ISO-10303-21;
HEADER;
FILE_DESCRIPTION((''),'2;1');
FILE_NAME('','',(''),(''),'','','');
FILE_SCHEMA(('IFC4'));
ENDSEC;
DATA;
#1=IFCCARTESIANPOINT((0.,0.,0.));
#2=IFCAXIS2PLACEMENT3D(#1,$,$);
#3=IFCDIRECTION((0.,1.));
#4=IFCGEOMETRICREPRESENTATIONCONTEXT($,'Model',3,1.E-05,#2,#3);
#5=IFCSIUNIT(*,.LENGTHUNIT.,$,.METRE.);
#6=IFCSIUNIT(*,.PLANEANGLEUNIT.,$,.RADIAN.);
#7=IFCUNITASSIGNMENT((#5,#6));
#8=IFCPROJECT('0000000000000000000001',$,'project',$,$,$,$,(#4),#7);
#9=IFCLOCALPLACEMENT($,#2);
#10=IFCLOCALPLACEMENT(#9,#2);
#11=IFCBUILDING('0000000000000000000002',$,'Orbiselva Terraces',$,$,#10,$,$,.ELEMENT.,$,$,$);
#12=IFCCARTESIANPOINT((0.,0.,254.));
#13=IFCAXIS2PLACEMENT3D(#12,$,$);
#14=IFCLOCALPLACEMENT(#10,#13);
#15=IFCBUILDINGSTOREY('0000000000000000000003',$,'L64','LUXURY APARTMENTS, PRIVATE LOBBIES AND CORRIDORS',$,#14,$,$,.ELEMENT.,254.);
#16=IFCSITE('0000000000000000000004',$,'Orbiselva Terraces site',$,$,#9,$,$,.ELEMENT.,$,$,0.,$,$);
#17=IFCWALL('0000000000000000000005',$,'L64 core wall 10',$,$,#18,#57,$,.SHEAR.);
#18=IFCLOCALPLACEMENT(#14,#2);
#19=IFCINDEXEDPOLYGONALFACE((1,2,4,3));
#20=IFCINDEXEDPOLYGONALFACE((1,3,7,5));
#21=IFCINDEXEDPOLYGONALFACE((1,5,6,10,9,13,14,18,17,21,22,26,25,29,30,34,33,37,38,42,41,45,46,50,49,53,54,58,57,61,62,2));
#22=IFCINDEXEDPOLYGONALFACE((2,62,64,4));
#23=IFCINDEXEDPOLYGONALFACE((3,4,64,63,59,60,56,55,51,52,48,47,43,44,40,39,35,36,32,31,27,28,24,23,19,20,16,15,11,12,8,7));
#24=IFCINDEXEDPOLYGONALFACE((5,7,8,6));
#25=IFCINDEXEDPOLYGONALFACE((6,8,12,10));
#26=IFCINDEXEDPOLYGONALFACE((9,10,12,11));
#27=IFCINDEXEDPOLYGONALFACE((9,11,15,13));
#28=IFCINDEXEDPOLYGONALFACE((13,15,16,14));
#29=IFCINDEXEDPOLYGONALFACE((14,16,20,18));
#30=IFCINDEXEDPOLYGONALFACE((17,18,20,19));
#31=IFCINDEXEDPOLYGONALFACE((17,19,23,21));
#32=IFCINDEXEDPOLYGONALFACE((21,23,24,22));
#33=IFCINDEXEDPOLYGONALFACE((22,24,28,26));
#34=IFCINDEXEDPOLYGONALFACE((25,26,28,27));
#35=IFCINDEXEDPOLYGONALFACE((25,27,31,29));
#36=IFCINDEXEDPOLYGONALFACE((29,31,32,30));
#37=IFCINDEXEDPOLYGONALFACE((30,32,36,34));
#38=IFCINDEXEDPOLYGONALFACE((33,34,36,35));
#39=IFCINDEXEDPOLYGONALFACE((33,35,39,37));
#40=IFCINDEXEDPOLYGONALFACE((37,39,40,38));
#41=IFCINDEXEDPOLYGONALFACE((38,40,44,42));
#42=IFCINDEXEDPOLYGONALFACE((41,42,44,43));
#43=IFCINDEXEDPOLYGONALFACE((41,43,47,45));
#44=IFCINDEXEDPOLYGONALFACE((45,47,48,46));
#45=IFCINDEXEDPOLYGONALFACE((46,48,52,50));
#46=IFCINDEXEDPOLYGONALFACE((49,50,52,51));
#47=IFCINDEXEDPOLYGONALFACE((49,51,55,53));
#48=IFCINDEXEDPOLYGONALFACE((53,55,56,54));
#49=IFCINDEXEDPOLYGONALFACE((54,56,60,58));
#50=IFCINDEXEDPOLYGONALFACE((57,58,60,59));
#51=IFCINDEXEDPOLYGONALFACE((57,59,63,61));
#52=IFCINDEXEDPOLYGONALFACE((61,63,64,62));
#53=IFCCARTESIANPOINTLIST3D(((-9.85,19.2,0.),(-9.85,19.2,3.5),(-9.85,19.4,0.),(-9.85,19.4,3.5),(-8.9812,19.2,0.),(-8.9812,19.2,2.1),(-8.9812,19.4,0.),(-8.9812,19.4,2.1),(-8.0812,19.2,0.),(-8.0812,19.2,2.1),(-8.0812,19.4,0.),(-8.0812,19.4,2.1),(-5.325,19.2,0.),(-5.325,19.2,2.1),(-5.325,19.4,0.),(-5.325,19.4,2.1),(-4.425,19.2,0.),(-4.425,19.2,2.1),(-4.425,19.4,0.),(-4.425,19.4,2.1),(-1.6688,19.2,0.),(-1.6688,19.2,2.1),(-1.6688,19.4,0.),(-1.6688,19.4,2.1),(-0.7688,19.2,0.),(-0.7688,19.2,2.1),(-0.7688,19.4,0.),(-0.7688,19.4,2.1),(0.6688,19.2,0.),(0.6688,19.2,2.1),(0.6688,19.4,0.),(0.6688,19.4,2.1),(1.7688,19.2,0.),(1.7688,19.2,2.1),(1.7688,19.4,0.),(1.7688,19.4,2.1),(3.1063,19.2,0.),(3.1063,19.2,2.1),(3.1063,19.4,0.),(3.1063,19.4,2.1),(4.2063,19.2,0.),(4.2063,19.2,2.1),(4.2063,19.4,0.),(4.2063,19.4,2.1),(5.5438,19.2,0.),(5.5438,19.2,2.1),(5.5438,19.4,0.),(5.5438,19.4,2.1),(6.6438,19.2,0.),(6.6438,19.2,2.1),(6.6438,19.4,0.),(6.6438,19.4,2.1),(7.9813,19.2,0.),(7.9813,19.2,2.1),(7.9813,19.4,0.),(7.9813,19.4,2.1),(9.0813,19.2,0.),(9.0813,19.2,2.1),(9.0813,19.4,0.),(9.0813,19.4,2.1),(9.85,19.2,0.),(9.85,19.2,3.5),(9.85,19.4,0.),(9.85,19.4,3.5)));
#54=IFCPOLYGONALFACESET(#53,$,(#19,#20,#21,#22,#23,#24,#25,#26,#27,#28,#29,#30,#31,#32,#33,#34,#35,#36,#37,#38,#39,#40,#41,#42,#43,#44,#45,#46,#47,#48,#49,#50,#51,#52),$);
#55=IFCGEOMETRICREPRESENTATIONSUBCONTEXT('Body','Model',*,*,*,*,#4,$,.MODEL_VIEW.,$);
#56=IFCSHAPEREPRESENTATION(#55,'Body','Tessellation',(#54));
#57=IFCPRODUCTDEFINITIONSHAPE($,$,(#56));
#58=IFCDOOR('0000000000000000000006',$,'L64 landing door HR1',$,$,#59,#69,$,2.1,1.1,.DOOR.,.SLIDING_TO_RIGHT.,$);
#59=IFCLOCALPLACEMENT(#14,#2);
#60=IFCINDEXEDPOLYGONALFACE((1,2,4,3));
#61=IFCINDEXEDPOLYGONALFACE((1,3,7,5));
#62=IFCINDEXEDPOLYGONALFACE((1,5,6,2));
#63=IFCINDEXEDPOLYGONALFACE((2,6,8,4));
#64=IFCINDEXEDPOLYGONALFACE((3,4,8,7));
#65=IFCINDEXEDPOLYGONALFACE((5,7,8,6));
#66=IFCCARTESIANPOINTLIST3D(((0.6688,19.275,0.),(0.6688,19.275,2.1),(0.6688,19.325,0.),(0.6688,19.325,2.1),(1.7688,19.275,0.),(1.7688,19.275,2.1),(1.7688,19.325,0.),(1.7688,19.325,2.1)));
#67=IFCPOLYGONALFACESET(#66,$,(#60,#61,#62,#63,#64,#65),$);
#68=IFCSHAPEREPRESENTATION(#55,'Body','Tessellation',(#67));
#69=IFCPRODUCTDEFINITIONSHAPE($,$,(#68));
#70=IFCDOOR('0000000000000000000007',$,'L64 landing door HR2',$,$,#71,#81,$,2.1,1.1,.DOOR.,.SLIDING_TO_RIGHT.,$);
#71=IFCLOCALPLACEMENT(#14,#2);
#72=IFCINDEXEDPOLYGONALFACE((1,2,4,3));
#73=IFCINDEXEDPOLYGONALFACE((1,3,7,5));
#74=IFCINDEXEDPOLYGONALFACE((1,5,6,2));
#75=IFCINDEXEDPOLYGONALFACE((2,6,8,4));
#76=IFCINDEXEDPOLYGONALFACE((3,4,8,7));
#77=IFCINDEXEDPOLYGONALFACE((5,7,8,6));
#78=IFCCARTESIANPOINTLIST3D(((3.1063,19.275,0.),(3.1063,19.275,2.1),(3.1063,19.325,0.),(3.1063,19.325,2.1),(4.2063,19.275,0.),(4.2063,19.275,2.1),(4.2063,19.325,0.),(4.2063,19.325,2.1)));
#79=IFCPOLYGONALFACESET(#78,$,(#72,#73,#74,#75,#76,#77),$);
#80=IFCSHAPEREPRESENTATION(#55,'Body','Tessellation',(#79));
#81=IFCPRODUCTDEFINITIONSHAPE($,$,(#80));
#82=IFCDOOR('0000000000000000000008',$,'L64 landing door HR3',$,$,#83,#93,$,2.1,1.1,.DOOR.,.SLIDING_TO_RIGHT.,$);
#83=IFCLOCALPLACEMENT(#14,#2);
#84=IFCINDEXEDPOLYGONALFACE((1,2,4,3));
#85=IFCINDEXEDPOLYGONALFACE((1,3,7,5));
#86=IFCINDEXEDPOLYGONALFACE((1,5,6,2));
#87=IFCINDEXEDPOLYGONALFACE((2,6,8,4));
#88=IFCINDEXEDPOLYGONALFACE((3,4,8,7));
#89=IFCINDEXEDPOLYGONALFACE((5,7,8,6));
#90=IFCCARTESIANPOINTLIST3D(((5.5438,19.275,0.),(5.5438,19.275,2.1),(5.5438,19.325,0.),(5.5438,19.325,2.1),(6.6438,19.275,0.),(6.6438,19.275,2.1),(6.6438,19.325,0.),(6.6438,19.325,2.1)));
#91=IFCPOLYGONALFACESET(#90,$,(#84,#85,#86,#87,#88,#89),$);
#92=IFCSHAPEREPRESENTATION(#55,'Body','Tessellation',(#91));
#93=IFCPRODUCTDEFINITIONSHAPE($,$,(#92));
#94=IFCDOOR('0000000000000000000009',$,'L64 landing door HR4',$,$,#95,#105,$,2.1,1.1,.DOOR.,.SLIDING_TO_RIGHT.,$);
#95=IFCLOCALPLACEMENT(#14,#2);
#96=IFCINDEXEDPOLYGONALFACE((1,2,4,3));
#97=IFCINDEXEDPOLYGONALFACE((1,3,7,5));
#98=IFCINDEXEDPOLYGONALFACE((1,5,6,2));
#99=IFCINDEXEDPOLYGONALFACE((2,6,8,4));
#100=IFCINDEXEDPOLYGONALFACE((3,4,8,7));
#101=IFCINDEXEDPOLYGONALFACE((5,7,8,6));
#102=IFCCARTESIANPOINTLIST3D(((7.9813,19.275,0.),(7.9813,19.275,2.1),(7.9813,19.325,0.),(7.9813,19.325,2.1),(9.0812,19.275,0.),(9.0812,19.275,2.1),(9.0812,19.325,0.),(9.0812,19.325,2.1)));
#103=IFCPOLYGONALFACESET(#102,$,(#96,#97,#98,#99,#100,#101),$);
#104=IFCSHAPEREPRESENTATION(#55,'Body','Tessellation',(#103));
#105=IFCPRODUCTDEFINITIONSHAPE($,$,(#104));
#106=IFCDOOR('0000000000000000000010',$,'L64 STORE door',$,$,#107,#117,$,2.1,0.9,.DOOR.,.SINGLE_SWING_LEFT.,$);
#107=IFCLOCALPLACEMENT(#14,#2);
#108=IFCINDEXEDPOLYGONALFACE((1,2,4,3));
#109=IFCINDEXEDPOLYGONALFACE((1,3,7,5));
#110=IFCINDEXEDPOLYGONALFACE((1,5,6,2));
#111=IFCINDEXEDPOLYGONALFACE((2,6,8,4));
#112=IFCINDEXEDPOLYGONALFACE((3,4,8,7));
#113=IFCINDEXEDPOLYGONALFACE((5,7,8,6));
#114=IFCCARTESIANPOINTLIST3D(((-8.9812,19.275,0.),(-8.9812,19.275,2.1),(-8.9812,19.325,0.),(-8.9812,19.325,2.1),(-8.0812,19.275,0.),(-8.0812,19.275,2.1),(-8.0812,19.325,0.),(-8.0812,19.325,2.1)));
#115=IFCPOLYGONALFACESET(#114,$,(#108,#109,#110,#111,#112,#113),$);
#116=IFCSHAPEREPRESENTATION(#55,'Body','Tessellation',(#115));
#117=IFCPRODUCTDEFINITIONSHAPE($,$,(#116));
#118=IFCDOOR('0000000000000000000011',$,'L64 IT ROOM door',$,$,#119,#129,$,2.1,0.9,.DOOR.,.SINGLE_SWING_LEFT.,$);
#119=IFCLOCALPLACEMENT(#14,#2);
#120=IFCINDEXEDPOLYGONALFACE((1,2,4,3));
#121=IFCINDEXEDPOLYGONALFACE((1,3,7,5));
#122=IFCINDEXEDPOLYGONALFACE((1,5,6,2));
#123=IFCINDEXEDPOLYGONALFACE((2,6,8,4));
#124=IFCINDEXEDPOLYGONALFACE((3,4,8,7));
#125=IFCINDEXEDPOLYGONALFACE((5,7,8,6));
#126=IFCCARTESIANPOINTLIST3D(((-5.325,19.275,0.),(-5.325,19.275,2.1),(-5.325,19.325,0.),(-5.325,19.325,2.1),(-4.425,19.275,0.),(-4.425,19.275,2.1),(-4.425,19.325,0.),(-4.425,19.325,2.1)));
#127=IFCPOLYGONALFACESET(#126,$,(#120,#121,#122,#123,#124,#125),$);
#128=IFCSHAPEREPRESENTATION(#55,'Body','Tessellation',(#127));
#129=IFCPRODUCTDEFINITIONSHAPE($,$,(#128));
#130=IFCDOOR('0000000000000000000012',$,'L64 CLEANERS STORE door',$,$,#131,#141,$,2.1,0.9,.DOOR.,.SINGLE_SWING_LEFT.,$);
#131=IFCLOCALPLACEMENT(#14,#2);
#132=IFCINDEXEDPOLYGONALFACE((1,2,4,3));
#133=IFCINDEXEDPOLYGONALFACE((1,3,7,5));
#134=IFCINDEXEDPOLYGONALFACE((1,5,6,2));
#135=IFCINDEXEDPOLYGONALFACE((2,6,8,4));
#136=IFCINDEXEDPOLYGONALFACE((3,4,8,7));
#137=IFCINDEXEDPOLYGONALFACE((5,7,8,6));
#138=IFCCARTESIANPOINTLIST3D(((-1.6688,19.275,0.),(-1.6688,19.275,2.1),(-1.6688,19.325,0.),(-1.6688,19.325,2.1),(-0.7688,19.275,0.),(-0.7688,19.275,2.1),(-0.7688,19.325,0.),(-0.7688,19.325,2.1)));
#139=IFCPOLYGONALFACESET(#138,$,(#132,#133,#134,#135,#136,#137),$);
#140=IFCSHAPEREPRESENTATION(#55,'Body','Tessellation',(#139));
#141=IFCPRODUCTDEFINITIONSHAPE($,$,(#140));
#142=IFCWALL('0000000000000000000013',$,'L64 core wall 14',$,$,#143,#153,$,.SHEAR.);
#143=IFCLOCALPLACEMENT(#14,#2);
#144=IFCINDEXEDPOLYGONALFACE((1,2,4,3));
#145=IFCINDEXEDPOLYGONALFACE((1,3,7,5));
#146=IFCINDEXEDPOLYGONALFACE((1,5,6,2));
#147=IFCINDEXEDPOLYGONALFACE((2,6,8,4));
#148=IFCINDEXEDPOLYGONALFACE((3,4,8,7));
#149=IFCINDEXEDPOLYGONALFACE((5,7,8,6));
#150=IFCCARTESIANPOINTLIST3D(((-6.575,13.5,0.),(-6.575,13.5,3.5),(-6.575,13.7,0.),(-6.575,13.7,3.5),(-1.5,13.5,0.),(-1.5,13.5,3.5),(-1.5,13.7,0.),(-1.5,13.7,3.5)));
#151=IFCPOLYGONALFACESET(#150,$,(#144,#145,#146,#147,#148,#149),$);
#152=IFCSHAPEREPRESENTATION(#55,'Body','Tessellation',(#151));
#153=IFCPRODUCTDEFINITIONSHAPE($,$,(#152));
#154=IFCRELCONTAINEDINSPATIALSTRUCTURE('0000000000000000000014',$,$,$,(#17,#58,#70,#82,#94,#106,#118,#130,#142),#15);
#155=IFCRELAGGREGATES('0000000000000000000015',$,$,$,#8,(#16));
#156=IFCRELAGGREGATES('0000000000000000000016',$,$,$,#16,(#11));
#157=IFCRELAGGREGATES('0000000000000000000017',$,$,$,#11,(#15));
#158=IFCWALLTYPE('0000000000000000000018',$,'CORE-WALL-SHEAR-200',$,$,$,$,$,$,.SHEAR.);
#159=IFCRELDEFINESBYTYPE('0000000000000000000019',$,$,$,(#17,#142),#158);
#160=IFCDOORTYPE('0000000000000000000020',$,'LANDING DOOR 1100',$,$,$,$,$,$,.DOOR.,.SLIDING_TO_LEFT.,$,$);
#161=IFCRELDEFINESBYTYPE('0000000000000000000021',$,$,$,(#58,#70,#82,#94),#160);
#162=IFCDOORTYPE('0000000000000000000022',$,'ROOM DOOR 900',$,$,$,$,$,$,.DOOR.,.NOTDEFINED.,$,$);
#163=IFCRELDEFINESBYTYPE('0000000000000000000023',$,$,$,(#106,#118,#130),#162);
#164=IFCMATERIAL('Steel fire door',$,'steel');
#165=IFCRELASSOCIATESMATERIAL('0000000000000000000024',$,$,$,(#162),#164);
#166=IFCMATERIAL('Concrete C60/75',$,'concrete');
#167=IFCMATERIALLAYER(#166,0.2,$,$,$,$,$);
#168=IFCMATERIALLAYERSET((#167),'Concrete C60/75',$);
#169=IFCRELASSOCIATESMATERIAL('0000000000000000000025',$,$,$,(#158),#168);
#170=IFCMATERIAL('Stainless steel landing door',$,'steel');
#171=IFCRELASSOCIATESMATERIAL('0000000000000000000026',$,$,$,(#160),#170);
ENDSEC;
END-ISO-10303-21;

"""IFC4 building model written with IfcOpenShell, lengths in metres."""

from ifc_helpers import new_model, si_unit, direction, frame, frame_2d, origin, place, context, subcontext, project, spatial, rectangle, extrude, material, layer, layer_set, type_object, element, fill, save


model = new_model("IFC4")

# Units and contexts
model_context = context("Model", 3, precision=1e-05, world=origin(), true_north=direction((0.0, 1.0)))
body_context = subcontext(model_context, "Body", "Model", "MODEL_VIEW")
ifc_project = project(units=[si_unit("LENGTHUNIT", "METRE"), si_unit("PLANEANGLEUNIT", "RADIAN")], contexts=[model_context])

# Site, building, storey
site_placement = place(None, origin())
site = spatial("IfcSite", under=ifc_project, at=site_placement, Name="Orbiselva Terraces site", CompositionType="ELEMENT", RefElevation=0.0)
building_placement = place(site_placement, origin())
building = spatial("IfcBuilding", under=site, at=building_placement, Name="Orbiselva Terraces", CompositionType="ELEMENT")
storey_placement = place(building_placement, frame((0.0, 0.0, 254.0)))
storey = spatial("IfcBuildingStorey", under=building, at=storey_placement, Name="L64", Description="LUXURY APARTMENTS, PRIVATE LOBBIES AND CORRIDORS", CompositionType="ELEMENT", Elevation=254.0)

# Shared definitions
ifc_material_1 = material(Name="Steel fire door", Category="steel")
door_type_1 = type_object("IfcDoorType", Name="ROOM DOOR 900", OperationType="NOTDEFINED", PredefinedType="DOOR", material=ifc_material_1)

# Shared definitions
ifc_material_2 = material(Name="Concrete C60/75", Category="concrete")
ifc_layer_1 = layer(ifc_material_2, 0.2)
ifc_layer_set_1 = layer_set([ifc_layer_1], Name="Concrete C60/75")
wall_type_1 = type_object("IfcWallType", Name="CORE-WALL-SHEAR-200", PredefinedType="SHEAR", material=ifc_layer_set_1)

# Wall, openings, doors
wall_1_placement = place(storey_placement, frame((-9.85, 19.3, 0.0), z_axis=(0.0, 0.0, 1.0), x_axis=(1.0, 0.0, 0.0)))
wall_1 = element("IfcWall", 1, at=wall_1_placement, inside=storey, type_object=wall_type_1, Name="L64 core wall 10", PredefinedType="SHEAR", context=body_context, shape_type="SweptSolid", body=[
    extrude(rectangle(XDim=19.7, YDim=0.2, at=frame_2d((9.85, 0.0))), origin(), (0.0, 0.0, 1.0), 3.5),
])
opening_1_placement = place(wall_1_placement, frame((10.5188, 0.0, 0.0)))
opening_1 = element("IfcOpeningElement", 2, at=opening_1_placement, cuts=wall_1, PredefinedType="OPENING", context=body_context, shape_type="SweptSolid", body=[
    extrude(rectangle(XDim=1.1, YDim=2.1, at=frame_2d((0.55, 1.05))), frame((0.0, 0.11, 0.0), z_axis=(0.0, -1.0, 0.0), x_axis=(1.0, 0.0, 0.0)), (0.0, 0.0, 1.0), 0.22),
])
opening_2_placement = place(wall_1_placement, frame((12.9563, 0.0, 0.0)))
opening_2 = element("IfcOpeningElement", 3, at=opening_2_placement, cuts=wall_1, PredefinedType="OPENING", context=body_context, shape_type="SweptSolid", body=[
    extrude(rectangle(XDim=1.1, YDim=2.1, at=frame_2d((0.55, 1.05))), frame((0.0, 0.11, 0.0), z_axis=(0.0, -1.0, 0.0), x_axis=(1.0, 0.0, 0.0)), (0.0, 0.0, 1.0), 0.22),
])
opening_3_placement = place(wall_1_placement, frame((15.3938, 0.0, 0.0)))
opening_3 = element("IfcOpeningElement", 4, at=opening_3_placement, cuts=wall_1, PredefinedType="OPENING", context=body_context, shape_type="SweptSolid", body=[
    extrude(rectangle(XDim=1.1, YDim=2.1, at=frame_2d((0.55, 1.05))), frame((0.0, 0.11, 0.0), z_axis=(0.0, -1.0, 0.0), x_axis=(1.0, 0.0, 0.0)), (0.0, 0.0, 1.0), 0.22),
])
opening_4_placement = place(wall_1_placement, frame((17.8313, 0.0, 0.0)))
opening_4 = element("IfcOpeningElement", 5, at=opening_4_placement, cuts=wall_1, PredefinedType="OPENING", context=body_context, shape_type="SweptSolid", body=[
    extrude(rectangle(XDim=1.1, YDim=2.1, at=frame_2d((0.55, 1.05))), frame((0.0, 0.11, 0.0), z_axis=(0.0, -1.0, 0.0), x_axis=(1.0, 0.0, 0.0)), (0.0, 0.0, 1.0), 0.22),
])
opening_5_placement = place(wall_1_placement, frame((0.8688, 0.0, 0.0)))
opening_5 = element("IfcOpeningElement", 6, at=opening_5_placement, cuts=wall_1, PredefinedType="OPENING", context=body_context, shape_type="SweptSolid", body=[
    extrude(rectangle(XDim=0.9, YDim=2.1, at=frame_2d((0.45, 1.05))), frame((0.0, 0.11, 0.0), z_axis=(0.0, -1.0, 0.0), x_axis=(1.0, 0.0, 0.0)), (0.0, 0.0, 1.0), 0.22),
])
opening_6_placement = place(wall_1_placement, frame((4.525, 0.0, 0.0)))
opening_6 = element("IfcOpeningElement", 7, at=opening_6_placement, cuts=wall_1, PredefinedType="OPENING", context=body_context, shape_type="SweptSolid", body=[
    extrude(rectangle(XDim=0.9, YDim=2.1, at=frame_2d((0.45, 1.05))), frame((0.0, 0.11, 0.0), z_axis=(0.0, -1.0, 0.0), x_axis=(1.0, 0.0, 0.0)), (0.0, 0.0, 1.0), 0.22),
])
opening_7_placement = place(wall_1_placement, frame((8.1812, 0.0, 0.0)))
opening_7 = element("IfcOpeningElement", 8, at=opening_7_placement, cuts=wall_1, PredefinedType="OPENING", context=body_context, shape_type="SweptSolid", body=[
    extrude(rectangle(XDim=0.9, YDim=2.1, at=frame_2d((0.45, 1.05))), frame((0.0, 0.11, 0.0), z_axis=(0.0, -1.0, 0.0), x_axis=(1.0, 0.0, 0.0)), (0.0, 0.0, 1.0), 0.22),
])
ifc_material_3 = material(Name="Stainless steel landing door", Category="steel")
door_type_2 = type_object("IfcDoorType", Name="LANDING DOOR 1100", OperationType="SLIDING_TO_LEFT", PredefinedType="DOOR", material=ifc_material_3)
door_1_placement = place(opening_1_placement, origin())
door_1 = element("IfcDoor", 9, at=door_1_placement, inside=storey, type_object=door_type_2, Name="L64 landing door HR1", OperationType="SLIDING_TO_RIGHT", OverallHeight=2.1, OverallWidth=1.1, PredefinedType="DOOR", context=body_context, shape_type="SweptSolid", body=[
    extrude(rectangle(XDim=1.1, YDim=2.1, at=frame_2d((0.55, 1.05))), frame((0.0, 0.025, 0.0), z_axis=(0.0, -1.0, 0.0), x_axis=(1.0, 0.0, 0.0)), (0.0, 0.0, 1.0), 0.05),
])
fill(opening_1, door_1)
door_2_placement = place(opening_2_placement, origin())
door_2 = element("IfcDoor", 10, at=door_2_placement, inside=storey, type_object=door_type_2, Name="L64 landing door HR2", OperationType="SLIDING_TO_RIGHT", OverallHeight=2.1, OverallWidth=1.1, PredefinedType="DOOR", context=body_context, shape_type="SweptSolid", body=[
    extrude(rectangle(XDim=1.1, YDim=2.1, at=frame_2d((0.55, 1.05))), frame((0.0, 0.025, 0.0), z_axis=(0.0, -1.0, 0.0), x_axis=(1.0, 0.0, 0.0)), (0.0, 0.0, 1.0), 0.05),
])
fill(opening_2, door_2)
door_3_placement = place(opening_3_placement, origin())
door_3 = element("IfcDoor", 11, at=door_3_placement, inside=storey, type_object=door_type_2, Name="L64 landing door HR3", OperationType="SLIDING_TO_RIGHT", OverallHeight=2.1, OverallWidth=1.1, PredefinedType="DOOR", context=body_context, shape_type="SweptSolid", body=[
    extrude(rectangle(XDim=1.1, YDim=2.1, at=frame_2d((0.55, 1.05))), frame((0.0, 0.025, 0.0), z_axis=(0.0, -1.0, 0.0), x_axis=(1.0, 0.0, 0.0)), (0.0, 0.0, 1.0), 0.05),
])
fill(opening_3, door_3)
door_4_placement = place(opening_4_placement, origin())
door_4 = element("IfcDoor", 12, at=door_4_placement, inside=storey, type_object=door_type_2, Name="L64 landing door HR4", OperationType="SLIDING_TO_RIGHT", OverallHeight=2.1, OverallWidth=1.1, PredefinedType="DOOR", context=body_context, shape_type="SweptSolid", body=[
    extrude(rectangle(XDim=1.1, YDim=2.1, at=frame_2d((0.55, 1.05))), frame((0.0, 0.025, 0.0), z_axis=(0.0, -1.0, 0.0), x_axis=(1.0, 0.0, 0.0)), (0.0, 0.0, 1.0), 0.05),
])
fill(opening_4, door_4)
door_5_placement = place(opening_5_placement, origin())
door_5 = element("IfcDoor", 13, at=door_5_placement, inside=storey, type_object=door_type_1, Name="L64 STORE door", OperationType="SINGLE_SWING_LEFT", OverallHeight=2.1, OverallWidth=0.9, PredefinedType="DOOR", context=body_context, shape_type="SweptSolid", body=[
    extrude(rectangle(XDim=0.9, YDim=2.1, at=frame_2d((0.45, 1.05))), frame((0.0, 0.025, 0.0), z_axis=(0.0, -1.0, 0.0), x_axis=(1.0, 0.0, 0.0)), (0.0, 0.0, 1.0), 0.05),
])
fill(opening_5, door_5)
door_6_placement = place(opening_6_placement, origin())
door_6 = element("IfcDoor", 14, at=door_6_placement, inside=storey, type_object=door_type_1, Name="L64 IT ROOM door", OperationType="SINGLE_SWING_LEFT", OverallHeight=2.1, OverallWidth=0.9, PredefinedType="DOOR", context=body_context, shape_type="SweptSolid", body=[
    extrude(rectangle(XDim=0.9, YDim=2.1, at=frame_2d((0.45, 1.05))), frame((0.0, 0.025, 0.0), z_axis=(0.0, -1.0, 0.0), x_axis=(1.0, 0.0, 0.0)), (0.0, 0.0, 1.0), 0.05),
])
fill(opening_6, door_6)
door_7_placement = place(opening_7_placement, origin())
door_7 = element("IfcDoor", 15, at=door_7_placement, inside=storey, type_object=door_type_1, Name="L64 CLEANERS STORE door", OperationType="SINGLE_SWING_LEFT", OverallHeight=2.1, OverallWidth=0.9, PredefinedType="DOOR", context=body_context, shape_type="SweptSolid", body=[
    extrude(rectangle(XDim=0.9, YDim=2.1, at=frame_2d((0.45, 1.05))), frame((0.0, 0.025, 0.0), z_axis=(0.0, -1.0, 0.0), x_axis=(1.0, 0.0, 0.0)), (0.0, 0.0, 1.0), 0.05),
])
fill(opening_7, door_7)

# Wall
wall_2_placement = place(storey_placement, frame((-6.575, 13.6, 0.0), z_axis=(0.0, 0.0, 1.0), x_axis=(1.0, 0.0, 0.0)))
element("IfcWall", 16, at=wall_2_placement, inside=storey, type_object=wall_type_1, Name="L64 core wall 14", PredefinedType="SHEAR", context=body_context, shape_type="SweptSolid", body=[
    extrude(rectangle(XDim=5.075, YDim=0.2, at=frame_2d((2.5375, 0.0))), origin(), (0.0, 0.0, 1.0), 3.5),
])

save(model, "model.ifc")
